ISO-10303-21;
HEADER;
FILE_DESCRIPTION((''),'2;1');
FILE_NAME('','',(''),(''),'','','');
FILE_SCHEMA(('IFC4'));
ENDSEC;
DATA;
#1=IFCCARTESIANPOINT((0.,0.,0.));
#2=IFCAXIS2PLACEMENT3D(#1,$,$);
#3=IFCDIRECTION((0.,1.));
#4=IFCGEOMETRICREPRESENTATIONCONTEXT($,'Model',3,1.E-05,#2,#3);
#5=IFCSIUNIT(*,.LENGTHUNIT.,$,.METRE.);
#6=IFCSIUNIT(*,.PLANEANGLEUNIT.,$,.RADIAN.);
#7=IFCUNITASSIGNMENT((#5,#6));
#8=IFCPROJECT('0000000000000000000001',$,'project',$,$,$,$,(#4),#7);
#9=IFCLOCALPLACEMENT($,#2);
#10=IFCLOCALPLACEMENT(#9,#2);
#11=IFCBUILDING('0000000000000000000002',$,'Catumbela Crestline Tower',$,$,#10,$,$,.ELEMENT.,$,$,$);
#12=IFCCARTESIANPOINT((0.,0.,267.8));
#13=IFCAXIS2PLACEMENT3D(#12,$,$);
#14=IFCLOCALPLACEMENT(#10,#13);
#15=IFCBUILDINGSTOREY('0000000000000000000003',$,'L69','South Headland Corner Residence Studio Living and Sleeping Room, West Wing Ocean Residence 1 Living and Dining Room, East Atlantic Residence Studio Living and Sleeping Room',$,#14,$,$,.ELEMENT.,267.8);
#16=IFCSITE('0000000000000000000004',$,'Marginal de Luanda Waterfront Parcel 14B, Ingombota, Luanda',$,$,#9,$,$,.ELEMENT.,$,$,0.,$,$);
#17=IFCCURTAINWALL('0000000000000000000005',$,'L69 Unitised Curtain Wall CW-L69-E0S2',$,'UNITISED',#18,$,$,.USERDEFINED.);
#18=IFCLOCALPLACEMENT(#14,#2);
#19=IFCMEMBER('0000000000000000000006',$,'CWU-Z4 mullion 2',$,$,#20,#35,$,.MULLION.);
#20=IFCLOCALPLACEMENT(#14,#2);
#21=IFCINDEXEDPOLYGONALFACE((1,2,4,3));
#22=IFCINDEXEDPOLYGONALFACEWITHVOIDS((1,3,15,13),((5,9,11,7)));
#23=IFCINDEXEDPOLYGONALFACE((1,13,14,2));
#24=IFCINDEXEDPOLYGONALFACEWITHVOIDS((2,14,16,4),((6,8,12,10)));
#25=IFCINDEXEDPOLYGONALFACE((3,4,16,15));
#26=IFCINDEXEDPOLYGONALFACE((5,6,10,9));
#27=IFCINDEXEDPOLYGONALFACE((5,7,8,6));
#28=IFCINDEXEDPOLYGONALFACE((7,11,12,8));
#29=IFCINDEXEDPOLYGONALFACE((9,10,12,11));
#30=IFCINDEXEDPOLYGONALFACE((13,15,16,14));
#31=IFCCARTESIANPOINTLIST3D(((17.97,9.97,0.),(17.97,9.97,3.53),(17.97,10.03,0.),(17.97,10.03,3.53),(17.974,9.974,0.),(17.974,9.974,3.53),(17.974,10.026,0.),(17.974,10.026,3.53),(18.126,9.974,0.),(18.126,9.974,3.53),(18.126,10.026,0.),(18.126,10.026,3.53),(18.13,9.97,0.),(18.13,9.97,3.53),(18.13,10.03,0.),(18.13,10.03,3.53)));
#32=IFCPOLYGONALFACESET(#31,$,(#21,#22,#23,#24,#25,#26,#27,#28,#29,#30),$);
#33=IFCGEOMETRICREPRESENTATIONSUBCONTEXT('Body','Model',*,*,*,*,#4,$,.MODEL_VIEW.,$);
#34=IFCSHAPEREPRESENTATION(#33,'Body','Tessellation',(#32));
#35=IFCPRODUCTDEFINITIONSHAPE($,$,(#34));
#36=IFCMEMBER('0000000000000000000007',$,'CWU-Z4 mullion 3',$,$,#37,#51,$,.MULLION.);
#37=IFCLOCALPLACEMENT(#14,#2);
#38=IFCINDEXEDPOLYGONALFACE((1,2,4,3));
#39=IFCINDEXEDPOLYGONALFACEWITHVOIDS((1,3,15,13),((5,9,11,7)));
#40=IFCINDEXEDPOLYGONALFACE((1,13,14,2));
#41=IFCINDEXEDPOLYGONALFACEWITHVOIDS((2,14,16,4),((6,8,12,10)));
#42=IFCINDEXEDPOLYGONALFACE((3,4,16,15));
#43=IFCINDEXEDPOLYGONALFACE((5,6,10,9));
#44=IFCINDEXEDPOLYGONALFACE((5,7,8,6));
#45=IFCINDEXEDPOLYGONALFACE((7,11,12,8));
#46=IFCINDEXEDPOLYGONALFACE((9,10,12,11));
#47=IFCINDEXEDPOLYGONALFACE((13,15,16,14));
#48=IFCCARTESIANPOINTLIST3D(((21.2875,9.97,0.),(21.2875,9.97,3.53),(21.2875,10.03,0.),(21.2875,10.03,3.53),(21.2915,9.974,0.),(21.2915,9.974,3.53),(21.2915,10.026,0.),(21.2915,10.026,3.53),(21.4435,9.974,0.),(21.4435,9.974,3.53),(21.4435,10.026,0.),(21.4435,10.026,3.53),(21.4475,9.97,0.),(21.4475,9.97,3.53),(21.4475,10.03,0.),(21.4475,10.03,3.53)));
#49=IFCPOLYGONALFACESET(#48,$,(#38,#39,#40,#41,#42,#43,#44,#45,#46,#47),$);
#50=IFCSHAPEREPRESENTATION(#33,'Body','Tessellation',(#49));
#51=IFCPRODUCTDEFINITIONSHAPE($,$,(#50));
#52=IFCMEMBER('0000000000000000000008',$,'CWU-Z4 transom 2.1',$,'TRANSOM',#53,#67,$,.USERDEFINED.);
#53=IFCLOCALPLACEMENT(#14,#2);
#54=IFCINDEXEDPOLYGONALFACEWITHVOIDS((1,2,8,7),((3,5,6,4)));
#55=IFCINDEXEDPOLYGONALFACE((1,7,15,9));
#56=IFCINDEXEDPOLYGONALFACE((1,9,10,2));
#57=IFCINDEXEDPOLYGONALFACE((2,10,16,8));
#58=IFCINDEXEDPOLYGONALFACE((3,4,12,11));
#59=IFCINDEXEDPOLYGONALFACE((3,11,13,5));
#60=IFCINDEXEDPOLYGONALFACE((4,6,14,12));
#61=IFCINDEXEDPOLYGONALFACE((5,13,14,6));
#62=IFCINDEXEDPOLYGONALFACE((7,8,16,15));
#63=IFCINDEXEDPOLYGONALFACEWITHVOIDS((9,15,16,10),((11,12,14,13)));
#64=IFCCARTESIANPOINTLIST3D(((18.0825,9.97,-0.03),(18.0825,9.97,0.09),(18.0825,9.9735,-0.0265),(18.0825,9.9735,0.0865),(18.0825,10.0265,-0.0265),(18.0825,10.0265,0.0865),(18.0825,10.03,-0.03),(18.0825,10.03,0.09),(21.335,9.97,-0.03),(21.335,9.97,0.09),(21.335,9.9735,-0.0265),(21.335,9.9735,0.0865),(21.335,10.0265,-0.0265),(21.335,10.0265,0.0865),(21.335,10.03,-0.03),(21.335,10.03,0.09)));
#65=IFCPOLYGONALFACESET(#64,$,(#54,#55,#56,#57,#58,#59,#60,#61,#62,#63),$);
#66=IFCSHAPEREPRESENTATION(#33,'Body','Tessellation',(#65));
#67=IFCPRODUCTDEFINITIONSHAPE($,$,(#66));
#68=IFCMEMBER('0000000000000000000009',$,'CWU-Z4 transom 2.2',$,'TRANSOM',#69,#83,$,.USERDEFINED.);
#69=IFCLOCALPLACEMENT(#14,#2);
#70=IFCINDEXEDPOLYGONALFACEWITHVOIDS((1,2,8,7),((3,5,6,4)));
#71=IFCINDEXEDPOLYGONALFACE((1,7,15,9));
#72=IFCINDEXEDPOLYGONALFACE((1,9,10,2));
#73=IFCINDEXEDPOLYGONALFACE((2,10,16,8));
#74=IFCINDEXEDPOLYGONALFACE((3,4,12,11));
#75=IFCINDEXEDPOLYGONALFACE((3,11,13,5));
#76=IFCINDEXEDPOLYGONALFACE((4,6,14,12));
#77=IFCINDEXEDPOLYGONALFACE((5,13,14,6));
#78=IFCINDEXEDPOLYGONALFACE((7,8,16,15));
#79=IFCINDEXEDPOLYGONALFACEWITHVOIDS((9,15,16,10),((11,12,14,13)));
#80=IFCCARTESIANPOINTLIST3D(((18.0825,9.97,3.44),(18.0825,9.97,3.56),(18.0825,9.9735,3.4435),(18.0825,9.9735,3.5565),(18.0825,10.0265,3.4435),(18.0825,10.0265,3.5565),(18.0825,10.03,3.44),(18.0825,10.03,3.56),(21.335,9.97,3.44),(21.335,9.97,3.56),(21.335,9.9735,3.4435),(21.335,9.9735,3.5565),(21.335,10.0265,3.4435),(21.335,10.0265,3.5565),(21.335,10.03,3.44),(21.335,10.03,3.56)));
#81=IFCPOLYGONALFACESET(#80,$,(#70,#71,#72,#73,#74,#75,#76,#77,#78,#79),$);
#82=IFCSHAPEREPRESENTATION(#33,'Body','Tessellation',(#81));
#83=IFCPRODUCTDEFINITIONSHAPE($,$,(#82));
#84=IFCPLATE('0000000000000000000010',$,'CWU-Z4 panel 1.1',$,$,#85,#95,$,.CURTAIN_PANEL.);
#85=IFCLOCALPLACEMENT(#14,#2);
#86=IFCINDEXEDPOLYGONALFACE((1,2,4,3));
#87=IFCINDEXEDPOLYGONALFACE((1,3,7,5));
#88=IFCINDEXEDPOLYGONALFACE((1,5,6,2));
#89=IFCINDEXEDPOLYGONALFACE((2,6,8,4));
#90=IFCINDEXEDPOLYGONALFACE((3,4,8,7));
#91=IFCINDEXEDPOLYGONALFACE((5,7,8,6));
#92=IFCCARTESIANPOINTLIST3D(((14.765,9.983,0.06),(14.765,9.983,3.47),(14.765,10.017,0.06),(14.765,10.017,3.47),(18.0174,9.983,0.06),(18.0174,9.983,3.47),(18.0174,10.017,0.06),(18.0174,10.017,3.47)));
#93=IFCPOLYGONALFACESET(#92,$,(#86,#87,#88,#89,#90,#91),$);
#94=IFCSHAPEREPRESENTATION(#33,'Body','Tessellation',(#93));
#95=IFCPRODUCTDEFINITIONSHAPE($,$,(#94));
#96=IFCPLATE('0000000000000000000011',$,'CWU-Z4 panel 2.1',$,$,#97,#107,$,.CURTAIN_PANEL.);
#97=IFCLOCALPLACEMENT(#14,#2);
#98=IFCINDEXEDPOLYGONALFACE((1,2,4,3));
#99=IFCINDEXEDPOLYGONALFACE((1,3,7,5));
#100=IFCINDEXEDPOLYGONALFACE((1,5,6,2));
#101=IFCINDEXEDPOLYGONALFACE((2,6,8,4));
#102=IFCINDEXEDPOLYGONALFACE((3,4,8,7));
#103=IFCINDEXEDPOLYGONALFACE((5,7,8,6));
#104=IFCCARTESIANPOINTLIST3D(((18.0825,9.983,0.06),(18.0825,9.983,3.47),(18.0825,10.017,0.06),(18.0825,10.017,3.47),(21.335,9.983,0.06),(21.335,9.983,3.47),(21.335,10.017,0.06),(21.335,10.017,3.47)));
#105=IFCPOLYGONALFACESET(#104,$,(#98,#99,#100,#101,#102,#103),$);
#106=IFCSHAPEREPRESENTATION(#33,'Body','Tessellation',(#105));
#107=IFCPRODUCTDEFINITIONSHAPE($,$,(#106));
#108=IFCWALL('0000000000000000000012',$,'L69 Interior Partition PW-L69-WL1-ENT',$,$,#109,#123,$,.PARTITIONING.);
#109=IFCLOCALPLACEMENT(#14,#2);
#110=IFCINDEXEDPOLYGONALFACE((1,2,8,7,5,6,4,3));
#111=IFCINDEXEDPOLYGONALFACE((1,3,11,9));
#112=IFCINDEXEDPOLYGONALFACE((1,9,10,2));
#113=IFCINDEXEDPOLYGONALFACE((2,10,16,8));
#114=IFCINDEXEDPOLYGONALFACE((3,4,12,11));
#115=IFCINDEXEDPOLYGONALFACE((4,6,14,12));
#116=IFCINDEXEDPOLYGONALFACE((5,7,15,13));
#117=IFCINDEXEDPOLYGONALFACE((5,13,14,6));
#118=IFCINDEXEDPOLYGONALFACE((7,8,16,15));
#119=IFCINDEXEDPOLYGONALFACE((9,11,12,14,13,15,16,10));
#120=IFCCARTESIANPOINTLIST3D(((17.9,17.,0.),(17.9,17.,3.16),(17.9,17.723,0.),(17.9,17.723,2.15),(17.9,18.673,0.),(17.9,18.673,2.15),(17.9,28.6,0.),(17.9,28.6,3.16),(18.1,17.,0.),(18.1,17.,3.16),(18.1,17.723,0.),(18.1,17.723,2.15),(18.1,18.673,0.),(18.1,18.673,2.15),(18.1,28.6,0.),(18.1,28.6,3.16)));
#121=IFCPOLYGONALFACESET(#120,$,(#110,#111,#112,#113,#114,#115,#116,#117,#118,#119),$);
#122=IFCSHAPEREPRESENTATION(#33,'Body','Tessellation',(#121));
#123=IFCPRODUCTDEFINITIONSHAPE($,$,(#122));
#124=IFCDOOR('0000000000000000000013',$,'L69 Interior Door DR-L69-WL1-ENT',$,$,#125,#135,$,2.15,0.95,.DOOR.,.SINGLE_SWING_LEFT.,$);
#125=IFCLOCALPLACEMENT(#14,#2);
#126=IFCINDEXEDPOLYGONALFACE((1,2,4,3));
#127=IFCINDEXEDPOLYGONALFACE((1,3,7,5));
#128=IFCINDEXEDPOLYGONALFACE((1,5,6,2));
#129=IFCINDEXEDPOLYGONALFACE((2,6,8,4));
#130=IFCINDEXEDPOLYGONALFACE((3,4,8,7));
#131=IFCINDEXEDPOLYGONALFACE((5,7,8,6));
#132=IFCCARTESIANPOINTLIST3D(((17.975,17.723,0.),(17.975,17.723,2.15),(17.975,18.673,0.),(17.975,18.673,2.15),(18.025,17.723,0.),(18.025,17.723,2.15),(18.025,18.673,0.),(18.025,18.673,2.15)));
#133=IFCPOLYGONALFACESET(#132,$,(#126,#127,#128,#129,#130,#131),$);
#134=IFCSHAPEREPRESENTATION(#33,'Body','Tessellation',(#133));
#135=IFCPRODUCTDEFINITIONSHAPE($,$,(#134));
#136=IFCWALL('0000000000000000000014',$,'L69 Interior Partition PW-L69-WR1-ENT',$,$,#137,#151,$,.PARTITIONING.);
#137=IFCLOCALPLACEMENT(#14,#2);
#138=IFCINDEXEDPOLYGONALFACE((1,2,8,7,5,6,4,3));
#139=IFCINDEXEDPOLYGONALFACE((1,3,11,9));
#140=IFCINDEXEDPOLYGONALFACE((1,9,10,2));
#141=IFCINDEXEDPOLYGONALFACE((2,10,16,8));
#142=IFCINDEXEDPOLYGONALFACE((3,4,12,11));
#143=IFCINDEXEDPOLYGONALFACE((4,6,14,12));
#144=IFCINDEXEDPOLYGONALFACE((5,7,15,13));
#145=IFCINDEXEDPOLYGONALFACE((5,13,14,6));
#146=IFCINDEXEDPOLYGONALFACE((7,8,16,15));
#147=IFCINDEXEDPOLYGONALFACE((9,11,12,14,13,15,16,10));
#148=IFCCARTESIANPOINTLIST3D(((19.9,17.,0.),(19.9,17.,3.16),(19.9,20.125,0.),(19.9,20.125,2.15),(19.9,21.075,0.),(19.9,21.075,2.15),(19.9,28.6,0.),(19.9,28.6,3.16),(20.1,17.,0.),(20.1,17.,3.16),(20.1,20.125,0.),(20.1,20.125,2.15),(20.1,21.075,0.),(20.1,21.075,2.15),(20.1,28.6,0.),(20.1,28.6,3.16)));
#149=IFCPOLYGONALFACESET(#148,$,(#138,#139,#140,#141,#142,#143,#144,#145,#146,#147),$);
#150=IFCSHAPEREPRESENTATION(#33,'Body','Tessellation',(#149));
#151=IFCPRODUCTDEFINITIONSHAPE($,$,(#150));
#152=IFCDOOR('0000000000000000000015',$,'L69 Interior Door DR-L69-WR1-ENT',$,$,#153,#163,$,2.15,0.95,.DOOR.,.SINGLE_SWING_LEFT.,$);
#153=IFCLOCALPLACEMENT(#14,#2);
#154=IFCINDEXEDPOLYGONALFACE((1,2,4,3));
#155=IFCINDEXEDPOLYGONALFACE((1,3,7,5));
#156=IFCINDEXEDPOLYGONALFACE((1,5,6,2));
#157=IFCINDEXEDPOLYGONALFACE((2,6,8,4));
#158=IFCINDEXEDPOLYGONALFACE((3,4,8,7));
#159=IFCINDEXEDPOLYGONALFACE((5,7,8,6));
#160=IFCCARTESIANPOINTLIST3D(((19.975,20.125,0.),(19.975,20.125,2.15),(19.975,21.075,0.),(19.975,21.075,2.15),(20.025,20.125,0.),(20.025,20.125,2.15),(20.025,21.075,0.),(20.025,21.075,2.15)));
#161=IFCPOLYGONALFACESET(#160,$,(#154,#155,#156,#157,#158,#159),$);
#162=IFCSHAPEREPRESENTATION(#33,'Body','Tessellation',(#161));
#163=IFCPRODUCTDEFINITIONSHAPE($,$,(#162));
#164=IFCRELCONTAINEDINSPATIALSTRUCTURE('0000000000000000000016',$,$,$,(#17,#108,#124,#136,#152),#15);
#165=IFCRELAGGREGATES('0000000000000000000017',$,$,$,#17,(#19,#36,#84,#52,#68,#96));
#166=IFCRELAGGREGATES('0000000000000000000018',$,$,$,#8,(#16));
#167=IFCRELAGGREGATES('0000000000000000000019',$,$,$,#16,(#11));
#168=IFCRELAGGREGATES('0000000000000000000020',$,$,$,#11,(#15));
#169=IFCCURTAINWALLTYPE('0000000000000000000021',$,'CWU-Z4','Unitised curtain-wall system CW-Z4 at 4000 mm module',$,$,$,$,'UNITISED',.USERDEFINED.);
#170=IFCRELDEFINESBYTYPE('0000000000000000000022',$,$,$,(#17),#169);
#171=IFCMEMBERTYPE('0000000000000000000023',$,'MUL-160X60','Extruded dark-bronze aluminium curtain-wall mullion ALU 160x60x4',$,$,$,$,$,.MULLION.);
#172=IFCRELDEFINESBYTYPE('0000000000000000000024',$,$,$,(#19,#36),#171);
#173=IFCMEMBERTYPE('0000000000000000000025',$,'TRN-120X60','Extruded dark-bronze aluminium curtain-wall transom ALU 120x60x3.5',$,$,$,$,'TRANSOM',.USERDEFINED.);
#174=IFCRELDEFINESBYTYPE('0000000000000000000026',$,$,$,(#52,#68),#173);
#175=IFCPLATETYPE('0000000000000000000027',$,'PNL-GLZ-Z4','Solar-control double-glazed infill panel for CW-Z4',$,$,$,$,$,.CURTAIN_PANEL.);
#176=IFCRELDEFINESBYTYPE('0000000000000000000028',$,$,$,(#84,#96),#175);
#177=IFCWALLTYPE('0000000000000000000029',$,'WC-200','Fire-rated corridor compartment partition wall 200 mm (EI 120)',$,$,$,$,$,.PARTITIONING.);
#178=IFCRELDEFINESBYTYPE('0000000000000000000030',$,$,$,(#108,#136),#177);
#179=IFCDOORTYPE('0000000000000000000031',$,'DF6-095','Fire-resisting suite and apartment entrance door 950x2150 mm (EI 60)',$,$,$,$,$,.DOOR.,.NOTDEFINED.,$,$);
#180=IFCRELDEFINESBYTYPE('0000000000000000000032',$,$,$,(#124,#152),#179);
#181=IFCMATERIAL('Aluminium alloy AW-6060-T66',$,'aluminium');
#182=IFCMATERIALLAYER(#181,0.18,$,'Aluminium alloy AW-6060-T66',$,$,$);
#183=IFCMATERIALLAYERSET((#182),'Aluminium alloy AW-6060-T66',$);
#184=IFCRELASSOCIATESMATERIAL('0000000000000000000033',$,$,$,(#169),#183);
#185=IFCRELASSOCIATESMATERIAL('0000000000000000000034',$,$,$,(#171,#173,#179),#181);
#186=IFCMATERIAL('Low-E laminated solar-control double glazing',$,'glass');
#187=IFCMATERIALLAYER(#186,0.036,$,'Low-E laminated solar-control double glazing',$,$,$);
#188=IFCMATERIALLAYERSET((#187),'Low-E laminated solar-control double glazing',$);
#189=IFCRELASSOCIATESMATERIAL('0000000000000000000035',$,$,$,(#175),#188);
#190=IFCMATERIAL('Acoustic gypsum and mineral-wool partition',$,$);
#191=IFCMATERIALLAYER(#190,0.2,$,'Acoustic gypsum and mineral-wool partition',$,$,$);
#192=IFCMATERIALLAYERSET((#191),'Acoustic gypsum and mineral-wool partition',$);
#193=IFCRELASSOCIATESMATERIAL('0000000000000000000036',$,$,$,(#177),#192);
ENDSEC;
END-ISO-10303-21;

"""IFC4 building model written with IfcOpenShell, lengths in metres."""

from ifc_helpers import new_model, si_unit, direction, frame, frame_2d, origin, origin_2d, place, context, subcontext, project, spatial, rectangle, hollow_rectangle, extrude, material, layer, layer_set, material_profile, profile_set, type_object, element, fill, aggregate, save


model = new_model("IFC4")

# Units and contexts
model_context = context("Model", 3, precision=1e-05, world=origin(), true_north=direction((0.0, 1.0)))
body_context = subcontext(model_context, "Body", "Model", "MODEL_VIEW")
ifc_project = project(units=[si_unit("LENGTHUNIT", "METRE"), si_unit("PLANEANGLEUNIT", "RADIAN")], contexts=[model_context])

# Site, building, storey
site_placement = place(None, origin())
site = spatial("IfcSite", under=ifc_project, at=site_placement, Name="Marginal de Luanda Waterfront Parcel 14B, Ingombota, Luanda", CompositionType="ELEMENT", RefElevation=0.0)
building_placement = place(site_placement, origin())
building = spatial("IfcBuilding", under=site, at=building_placement, Name="Catumbela Crestline Tower", CompositionType="ELEMENT")
storey_placement = place(building_placement, frame((0.0, 0.0, 267.8)))
storey = spatial("IfcBuildingStorey", under=building, at=storey_placement, Name="L69", Description="South Headland Corner Residence Studio Living and Sleeping Room, West Wing Ocean Residence 1 Living and Dining Room, East Atlantic Residence Studio Living and Sleeping Room", CompositionType="ELEMENT", Elevation=267.8)

# Curtain wall, members, plates
ifc_material_1 = material(Name="Aluminium alloy AW-6060-T66", Category="aluminium")
ifc_layer_1 = layer(ifc_material_1, 0.18, Name="Aluminium alloy AW-6060-T66")
ifc_layer_set_1 = layer_set([ifc_layer_1], Name="Aluminium alloy AW-6060-T66")
curtain_wall_type = type_object("IfcCurtainWallType", Name="CWU-Z4", Description="Unitised curtain-wall system CW-Z4 at 4000 mm module", ElementType="UNITISED", PredefinedType="USERDEFINED", material=ifc_layer_set_1)
curtain_wall_placement = place(storey_placement, origin())
curtain_wall = element("IfcCurtainWall", 1, at=curtain_wall_placement, inside=storey, type_object=curtain_wall_type, Name="L69 Unitised Curtain Wall CW-L69-E0S2", ObjectType="UNITISED", PredefinedType="USERDEFINED")
ifc_material_profile_1 = material_profile(ifc_material_1, hollow_rectangle(XDim=0.06, YDim=0.16, WallThickness=0.004, at=origin_2d()), Name="ALU 160x60x4")
ifc_profile_set_1 = profile_set([ifc_material_profile_1], Name="Aluminium alloy AW-6060-T66")
member_type_1 = type_object("IfcMemberType", Name="MUL-160X60", Description="Extruded dark-bronze aluminium curtain-wall mullion ALU 160x60x4", PredefinedType="MULLION", material=ifc_profile_set_1)
member_1_placement = place(storey_placement, frame((18.05, 10.0, 0.0), z_axis=(0.0, 0.0, 1.0), x_axis=(0.0, 1.0, 0.0)))
member_1 = element("IfcMember", 2, at=member_1_placement, type_object=member_type_1, Name="CWU-Z4 mullion 2", PredefinedType="MULLION", context=body_context, shape_type="SweptSolid", body=[
    extrude(hollow_rectangle(XDim=0.06, YDim=0.16, WallThickness=0.004, at=origin_2d()), origin(), (0.0, 0.0, 1.0), 3.53),
])
member_2_placement = place(storey_placement, frame((21.3675, 10.0, 0.0), z_axis=(0.0, 0.0, 1.0), x_axis=(0.0, 1.0, 0.0)))
member_2 = element("IfcMember", 3, at=member_2_placement, type_object=member_type_1, Name="CWU-Z4 mullion 3", PredefinedType="MULLION", context=body_context, shape_type="SweptSolid", body=[
    extrude(hollow_rectangle(XDim=0.06, YDim=0.16, WallThickness=0.004, at=origin_2d()), origin(), (0.0, 0.0, 1.0), 3.53),
])
ifc_material_profile_2 = material_profile(ifc_material_1, hollow_rectangle(XDim=0.06, YDim=0.12, WallThickness=0.0035, at=origin_2d()), Name="ALU 120x60x3.5")
ifc_profile_set_2 = profile_set([ifc_material_profile_2], Name="Aluminium alloy AW-6060-T66")
member_type_2 = type_object("IfcMemberType", Name="TRN-120X60", Description="Extruded dark-bronze aluminium curtain-wall transom ALU 120x60x3.5", ElementType="TRANSOM", PredefinedType="USERDEFINED", material=ifc_profile_set_2)
member_3_placement = place(storey_placement, frame((18.0825, 10.0, 0.03), z_axis=(1.0, 0.0, 0.0), x_axis=(0.0, 1.0, 0.0)))
member_3 = element("IfcMember", 4, at=member_3_placement, type_object=member_type_2, Name="CWU-Z4 transom 2.1", ObjectType="TRANSOM", PredefinedType="USERDEFINED", context=body_context, shape_type="SweptSolid", body=[
    extrude(hollow_rectangle(XDim=0.06, YDim=0.12, WallThickness=0.0035, at=origin_2d()), origin(), (0.0, 0.0, 1.0), 3.2525),
])
member_4_placement = place(storey_placement, frame((18.0825, 10.0, 3.5), z_axis=(1.0, 0.0, 0.0), x_axis=(0.0, 1.0, 0.0)))
member_4 = element("IfcMember", 5, at=member_4_placement, type_object=member_type_2, Name="CWU-Z4 transom 2.2", ObjectType="TRANSOM", PredefinedType="USERDEFINED", context=body_context, shape_type="SweptSolid", body=[
    extrude(hollow_rectangle(XDim=0.06, YDim=0.12, WallThickness=0.0035, at=origin_2d()), origin(), (0.0, 0.0, 1.0), 3.2525),
])
ifc_material_2 = material(Name="Low-E laminated solar-control double glazing", Category="glass")
ifc_layer_2 = layer(ifc_material_2, 0.036, Name="Low-E laminated solar-control double glazing")
ifc_layer_set_2 = layer_set([ifc_layer_2], Name="Low-E laminated solar-control double glazing")
plate_type = type_object("IfcPlateType", Name="PNL-GLZ-Z4", Description="Solar-control double-glazed infill panel for CW-Z4", PredefinedType="CURTAIN_PANEL", material=ifc_layer_set_2)
plate_1_placement = place(storey_placement, frame((16.3912, 10.0, 0.06), z_axis=(0.0, 0.0, 1.0), x_axis=(1.0, 0.0, 0.0)))
plate_1 = element("IfcPlate", 6, at=plate_1_placement, type_object=plate_type, Name="CWU-Z4 panel 1.1", PredefinedType="CURTAIN_PANEL", context=body_context, shape_type="SweptSolid", body=[
    extrude(rectangle(XDim=3.2525, YDim=0.034, at=origin_2d()), origin(), (0.0, 0.0, 1.0), 3.41),
])
plate_2_placement = place(storey_placement, frame((19.7087, 10.0, 0.06), z_axis=(0.0, 0.0, 1.0), x_axis=(1.0, 0.0, 0.0)))
plate_2 = element("IfcPlate", 7, at=plate_2_placement, type_object=plate_type, Name="CWU-Z4 panel 2.1", PredefinedType="CURTAIN_PANEL", context=body_context, shape_type="SweptSolid", body=[
    extrude(rectangle(XDim=3.2525, YDim=0.034, at=origin_2d()), origin(), (0.0, 0.0, 1.0), 3.41),
])
aggregate(curtain_wall, [member_1, member_2, plate_1, member_3, member_4, plate_2])

# Walls, openings, doors
ifc_material_3 = material(Name="Acoustic gypsum and mineral-wool partition")
ifc_layer_3 = layer(ifc_material_3, 0.2, Name="Acoustic gypsum and mineral-wool partition")
ifc_layer_set_3 = layer_set([ifc_layer_3], Name="Acoustic gypsum and mineral-wool partition")
wall_type_1 = type_object("IfcWallType", Name="WC-200", Description="Fire-rated corridor compartment partition wall 200 mm (EI 120)", PredefinedType="PARTITIONING", material=ifc_layer_set_3)
wall_1_placement = place(storey_placement, frame((18.0, 17.0, 0.0), z_axis=(0.0, 0.0, 1.0), x_axis=(0.0, 1.0, 0.0)))
wall_1 = element("IfcWall", 8, at=wall_1_placement, inside=storey, type_object=wall_type_1, Name="L69 Interior Partition PW-L69-WL1-ENT", PredefinedType="PARTITIONING", context=body_context, shape_type="SweptSolid", body=[
    extrude(rectangle(XDim=11.6, YDim=0.2, at=frame_2d((5.8, 0.0))), origin(), (0.0, 0.0, 1.0), 3.16),
])
opening_1_placement = place(wall_1_placement, frame((0.723, 0.0, 0.0)))
opening_1 = element("IfcOpeningElement", 9, at=opening_1_placement, cuts=wall_1, PredefinedType="OPENING", context=body_context, shape_type="SweptSolid", body=[
    extrude(rectangle(XDim=0.95, YDim=2.15, at=frame_2d((0.475, 1.075))), frame((0.0, 0.11, 0.0), z_axis=(0.0, -1.0, 0.0), x_axis=(1.0, 0.0, 0.0)), (0.0, 0.0, 1.0), 0.22),
])
door_type = type_object("IfcDoorType", Name="DF6-095", Description="Fire-resisting suite and apartment entrance door 950x2150 mm (EI 60)", OperationType="NOTDEFINED", PredefinedType="DOOR", material=ifc_material_1)
door_1_placement = place(opening_1_placement, origin())
door_1 = element("IfcDoor", 10, at=door_1_placement, inside=storey, type_object=door_type, Name="L69 Interior Door DR-L69-WL1-ENT", OperationType="SINGLE_SWING_LEFT", OverallHeight=2.15, OverallWidth=0.95, PredefinedType="DOOR", context=body_context, shape_type="SweptSolid", body=[
    extrude(rectangle(XDim=0.95, YDim=2.15, at=frame_2d((0.475, 1.075))), frame((0.0, 0.025, 0.0), z_axis=(0.0, -1.0, 0.0), x_axis=(1.0, 0.0, 0.0)), (0.0, 0.0, 1.0), 0.05),
])
fill(opening_1, door_1)
wall_2_placement = place(storey_placement, frame((20.0, 17.0, 0.0), z_axis=(0.0, 0.0, 1.0), x_axis=(0.0, 1.0, 0.0)))
wall_2 = element("IfcWall", 11, at=wall_2_placement, inside=storey, type_object=wall_type_1, Name="L69 Interior Partition PW-L69-WR1-ENT", PredefinedType="PARTITIONING", context=body_context, shape_type="SweptSolid", body=[
    extrude(rectangle(XDim=11.6, YDim=0.2, at=frame_2d((5.8, 0.0))), origin(), (0.0, 0.0, 1.0), 3.16),
])
opening_2_placement = place(wall_2_placement, frame((3.125, 0.0, 0.0)))
opening_2 = element("IfcOpeningElement", 12, at=opening_2_placement, cuts=wall_2, PredefinedType="OPENING", context=body_context, shape_type="SweptSolid", body=[
    extrude(rectangle(XDim=0.95, YDim=2.15, at=frame_2d((0.475, 1.075))), frame((0.0, 0.11, 0.0), z_axis=(0.0, -1.0, 0.0), x_axis=(1.0, 0.0, 0.0)), (0.0, 0.0, 1.0), 0.22),
])
door_2_placement = place(opening_2_placement, origin())
door_2 = element("IfcDoor", 13, at=door_2_placement, inside=storey, type_object=door_type, Name="L69 Interior Door DR-L69-WR1-ENT", OperationType="SINGLE_SWING_LEFT", OverallHeight=2.15, OverallWidth=0.95, PredefinedType="DOOR", context=body_context, shape_type="SweptSolid", body=[
    extrude(rectangle(XDim=0.95, YDim=2.15, at=frame_2d((0.475, 1.075))), frame((0.0, 0.025, 0.0), z_axis=(0.0, -1.0, 0.0), x_axis=(1.0, 0.0, 0.0)), (0.0, 0.0, 1.0), 0.05),
])
fill(opening_2, door_2)

save(model, "model.ifc")
